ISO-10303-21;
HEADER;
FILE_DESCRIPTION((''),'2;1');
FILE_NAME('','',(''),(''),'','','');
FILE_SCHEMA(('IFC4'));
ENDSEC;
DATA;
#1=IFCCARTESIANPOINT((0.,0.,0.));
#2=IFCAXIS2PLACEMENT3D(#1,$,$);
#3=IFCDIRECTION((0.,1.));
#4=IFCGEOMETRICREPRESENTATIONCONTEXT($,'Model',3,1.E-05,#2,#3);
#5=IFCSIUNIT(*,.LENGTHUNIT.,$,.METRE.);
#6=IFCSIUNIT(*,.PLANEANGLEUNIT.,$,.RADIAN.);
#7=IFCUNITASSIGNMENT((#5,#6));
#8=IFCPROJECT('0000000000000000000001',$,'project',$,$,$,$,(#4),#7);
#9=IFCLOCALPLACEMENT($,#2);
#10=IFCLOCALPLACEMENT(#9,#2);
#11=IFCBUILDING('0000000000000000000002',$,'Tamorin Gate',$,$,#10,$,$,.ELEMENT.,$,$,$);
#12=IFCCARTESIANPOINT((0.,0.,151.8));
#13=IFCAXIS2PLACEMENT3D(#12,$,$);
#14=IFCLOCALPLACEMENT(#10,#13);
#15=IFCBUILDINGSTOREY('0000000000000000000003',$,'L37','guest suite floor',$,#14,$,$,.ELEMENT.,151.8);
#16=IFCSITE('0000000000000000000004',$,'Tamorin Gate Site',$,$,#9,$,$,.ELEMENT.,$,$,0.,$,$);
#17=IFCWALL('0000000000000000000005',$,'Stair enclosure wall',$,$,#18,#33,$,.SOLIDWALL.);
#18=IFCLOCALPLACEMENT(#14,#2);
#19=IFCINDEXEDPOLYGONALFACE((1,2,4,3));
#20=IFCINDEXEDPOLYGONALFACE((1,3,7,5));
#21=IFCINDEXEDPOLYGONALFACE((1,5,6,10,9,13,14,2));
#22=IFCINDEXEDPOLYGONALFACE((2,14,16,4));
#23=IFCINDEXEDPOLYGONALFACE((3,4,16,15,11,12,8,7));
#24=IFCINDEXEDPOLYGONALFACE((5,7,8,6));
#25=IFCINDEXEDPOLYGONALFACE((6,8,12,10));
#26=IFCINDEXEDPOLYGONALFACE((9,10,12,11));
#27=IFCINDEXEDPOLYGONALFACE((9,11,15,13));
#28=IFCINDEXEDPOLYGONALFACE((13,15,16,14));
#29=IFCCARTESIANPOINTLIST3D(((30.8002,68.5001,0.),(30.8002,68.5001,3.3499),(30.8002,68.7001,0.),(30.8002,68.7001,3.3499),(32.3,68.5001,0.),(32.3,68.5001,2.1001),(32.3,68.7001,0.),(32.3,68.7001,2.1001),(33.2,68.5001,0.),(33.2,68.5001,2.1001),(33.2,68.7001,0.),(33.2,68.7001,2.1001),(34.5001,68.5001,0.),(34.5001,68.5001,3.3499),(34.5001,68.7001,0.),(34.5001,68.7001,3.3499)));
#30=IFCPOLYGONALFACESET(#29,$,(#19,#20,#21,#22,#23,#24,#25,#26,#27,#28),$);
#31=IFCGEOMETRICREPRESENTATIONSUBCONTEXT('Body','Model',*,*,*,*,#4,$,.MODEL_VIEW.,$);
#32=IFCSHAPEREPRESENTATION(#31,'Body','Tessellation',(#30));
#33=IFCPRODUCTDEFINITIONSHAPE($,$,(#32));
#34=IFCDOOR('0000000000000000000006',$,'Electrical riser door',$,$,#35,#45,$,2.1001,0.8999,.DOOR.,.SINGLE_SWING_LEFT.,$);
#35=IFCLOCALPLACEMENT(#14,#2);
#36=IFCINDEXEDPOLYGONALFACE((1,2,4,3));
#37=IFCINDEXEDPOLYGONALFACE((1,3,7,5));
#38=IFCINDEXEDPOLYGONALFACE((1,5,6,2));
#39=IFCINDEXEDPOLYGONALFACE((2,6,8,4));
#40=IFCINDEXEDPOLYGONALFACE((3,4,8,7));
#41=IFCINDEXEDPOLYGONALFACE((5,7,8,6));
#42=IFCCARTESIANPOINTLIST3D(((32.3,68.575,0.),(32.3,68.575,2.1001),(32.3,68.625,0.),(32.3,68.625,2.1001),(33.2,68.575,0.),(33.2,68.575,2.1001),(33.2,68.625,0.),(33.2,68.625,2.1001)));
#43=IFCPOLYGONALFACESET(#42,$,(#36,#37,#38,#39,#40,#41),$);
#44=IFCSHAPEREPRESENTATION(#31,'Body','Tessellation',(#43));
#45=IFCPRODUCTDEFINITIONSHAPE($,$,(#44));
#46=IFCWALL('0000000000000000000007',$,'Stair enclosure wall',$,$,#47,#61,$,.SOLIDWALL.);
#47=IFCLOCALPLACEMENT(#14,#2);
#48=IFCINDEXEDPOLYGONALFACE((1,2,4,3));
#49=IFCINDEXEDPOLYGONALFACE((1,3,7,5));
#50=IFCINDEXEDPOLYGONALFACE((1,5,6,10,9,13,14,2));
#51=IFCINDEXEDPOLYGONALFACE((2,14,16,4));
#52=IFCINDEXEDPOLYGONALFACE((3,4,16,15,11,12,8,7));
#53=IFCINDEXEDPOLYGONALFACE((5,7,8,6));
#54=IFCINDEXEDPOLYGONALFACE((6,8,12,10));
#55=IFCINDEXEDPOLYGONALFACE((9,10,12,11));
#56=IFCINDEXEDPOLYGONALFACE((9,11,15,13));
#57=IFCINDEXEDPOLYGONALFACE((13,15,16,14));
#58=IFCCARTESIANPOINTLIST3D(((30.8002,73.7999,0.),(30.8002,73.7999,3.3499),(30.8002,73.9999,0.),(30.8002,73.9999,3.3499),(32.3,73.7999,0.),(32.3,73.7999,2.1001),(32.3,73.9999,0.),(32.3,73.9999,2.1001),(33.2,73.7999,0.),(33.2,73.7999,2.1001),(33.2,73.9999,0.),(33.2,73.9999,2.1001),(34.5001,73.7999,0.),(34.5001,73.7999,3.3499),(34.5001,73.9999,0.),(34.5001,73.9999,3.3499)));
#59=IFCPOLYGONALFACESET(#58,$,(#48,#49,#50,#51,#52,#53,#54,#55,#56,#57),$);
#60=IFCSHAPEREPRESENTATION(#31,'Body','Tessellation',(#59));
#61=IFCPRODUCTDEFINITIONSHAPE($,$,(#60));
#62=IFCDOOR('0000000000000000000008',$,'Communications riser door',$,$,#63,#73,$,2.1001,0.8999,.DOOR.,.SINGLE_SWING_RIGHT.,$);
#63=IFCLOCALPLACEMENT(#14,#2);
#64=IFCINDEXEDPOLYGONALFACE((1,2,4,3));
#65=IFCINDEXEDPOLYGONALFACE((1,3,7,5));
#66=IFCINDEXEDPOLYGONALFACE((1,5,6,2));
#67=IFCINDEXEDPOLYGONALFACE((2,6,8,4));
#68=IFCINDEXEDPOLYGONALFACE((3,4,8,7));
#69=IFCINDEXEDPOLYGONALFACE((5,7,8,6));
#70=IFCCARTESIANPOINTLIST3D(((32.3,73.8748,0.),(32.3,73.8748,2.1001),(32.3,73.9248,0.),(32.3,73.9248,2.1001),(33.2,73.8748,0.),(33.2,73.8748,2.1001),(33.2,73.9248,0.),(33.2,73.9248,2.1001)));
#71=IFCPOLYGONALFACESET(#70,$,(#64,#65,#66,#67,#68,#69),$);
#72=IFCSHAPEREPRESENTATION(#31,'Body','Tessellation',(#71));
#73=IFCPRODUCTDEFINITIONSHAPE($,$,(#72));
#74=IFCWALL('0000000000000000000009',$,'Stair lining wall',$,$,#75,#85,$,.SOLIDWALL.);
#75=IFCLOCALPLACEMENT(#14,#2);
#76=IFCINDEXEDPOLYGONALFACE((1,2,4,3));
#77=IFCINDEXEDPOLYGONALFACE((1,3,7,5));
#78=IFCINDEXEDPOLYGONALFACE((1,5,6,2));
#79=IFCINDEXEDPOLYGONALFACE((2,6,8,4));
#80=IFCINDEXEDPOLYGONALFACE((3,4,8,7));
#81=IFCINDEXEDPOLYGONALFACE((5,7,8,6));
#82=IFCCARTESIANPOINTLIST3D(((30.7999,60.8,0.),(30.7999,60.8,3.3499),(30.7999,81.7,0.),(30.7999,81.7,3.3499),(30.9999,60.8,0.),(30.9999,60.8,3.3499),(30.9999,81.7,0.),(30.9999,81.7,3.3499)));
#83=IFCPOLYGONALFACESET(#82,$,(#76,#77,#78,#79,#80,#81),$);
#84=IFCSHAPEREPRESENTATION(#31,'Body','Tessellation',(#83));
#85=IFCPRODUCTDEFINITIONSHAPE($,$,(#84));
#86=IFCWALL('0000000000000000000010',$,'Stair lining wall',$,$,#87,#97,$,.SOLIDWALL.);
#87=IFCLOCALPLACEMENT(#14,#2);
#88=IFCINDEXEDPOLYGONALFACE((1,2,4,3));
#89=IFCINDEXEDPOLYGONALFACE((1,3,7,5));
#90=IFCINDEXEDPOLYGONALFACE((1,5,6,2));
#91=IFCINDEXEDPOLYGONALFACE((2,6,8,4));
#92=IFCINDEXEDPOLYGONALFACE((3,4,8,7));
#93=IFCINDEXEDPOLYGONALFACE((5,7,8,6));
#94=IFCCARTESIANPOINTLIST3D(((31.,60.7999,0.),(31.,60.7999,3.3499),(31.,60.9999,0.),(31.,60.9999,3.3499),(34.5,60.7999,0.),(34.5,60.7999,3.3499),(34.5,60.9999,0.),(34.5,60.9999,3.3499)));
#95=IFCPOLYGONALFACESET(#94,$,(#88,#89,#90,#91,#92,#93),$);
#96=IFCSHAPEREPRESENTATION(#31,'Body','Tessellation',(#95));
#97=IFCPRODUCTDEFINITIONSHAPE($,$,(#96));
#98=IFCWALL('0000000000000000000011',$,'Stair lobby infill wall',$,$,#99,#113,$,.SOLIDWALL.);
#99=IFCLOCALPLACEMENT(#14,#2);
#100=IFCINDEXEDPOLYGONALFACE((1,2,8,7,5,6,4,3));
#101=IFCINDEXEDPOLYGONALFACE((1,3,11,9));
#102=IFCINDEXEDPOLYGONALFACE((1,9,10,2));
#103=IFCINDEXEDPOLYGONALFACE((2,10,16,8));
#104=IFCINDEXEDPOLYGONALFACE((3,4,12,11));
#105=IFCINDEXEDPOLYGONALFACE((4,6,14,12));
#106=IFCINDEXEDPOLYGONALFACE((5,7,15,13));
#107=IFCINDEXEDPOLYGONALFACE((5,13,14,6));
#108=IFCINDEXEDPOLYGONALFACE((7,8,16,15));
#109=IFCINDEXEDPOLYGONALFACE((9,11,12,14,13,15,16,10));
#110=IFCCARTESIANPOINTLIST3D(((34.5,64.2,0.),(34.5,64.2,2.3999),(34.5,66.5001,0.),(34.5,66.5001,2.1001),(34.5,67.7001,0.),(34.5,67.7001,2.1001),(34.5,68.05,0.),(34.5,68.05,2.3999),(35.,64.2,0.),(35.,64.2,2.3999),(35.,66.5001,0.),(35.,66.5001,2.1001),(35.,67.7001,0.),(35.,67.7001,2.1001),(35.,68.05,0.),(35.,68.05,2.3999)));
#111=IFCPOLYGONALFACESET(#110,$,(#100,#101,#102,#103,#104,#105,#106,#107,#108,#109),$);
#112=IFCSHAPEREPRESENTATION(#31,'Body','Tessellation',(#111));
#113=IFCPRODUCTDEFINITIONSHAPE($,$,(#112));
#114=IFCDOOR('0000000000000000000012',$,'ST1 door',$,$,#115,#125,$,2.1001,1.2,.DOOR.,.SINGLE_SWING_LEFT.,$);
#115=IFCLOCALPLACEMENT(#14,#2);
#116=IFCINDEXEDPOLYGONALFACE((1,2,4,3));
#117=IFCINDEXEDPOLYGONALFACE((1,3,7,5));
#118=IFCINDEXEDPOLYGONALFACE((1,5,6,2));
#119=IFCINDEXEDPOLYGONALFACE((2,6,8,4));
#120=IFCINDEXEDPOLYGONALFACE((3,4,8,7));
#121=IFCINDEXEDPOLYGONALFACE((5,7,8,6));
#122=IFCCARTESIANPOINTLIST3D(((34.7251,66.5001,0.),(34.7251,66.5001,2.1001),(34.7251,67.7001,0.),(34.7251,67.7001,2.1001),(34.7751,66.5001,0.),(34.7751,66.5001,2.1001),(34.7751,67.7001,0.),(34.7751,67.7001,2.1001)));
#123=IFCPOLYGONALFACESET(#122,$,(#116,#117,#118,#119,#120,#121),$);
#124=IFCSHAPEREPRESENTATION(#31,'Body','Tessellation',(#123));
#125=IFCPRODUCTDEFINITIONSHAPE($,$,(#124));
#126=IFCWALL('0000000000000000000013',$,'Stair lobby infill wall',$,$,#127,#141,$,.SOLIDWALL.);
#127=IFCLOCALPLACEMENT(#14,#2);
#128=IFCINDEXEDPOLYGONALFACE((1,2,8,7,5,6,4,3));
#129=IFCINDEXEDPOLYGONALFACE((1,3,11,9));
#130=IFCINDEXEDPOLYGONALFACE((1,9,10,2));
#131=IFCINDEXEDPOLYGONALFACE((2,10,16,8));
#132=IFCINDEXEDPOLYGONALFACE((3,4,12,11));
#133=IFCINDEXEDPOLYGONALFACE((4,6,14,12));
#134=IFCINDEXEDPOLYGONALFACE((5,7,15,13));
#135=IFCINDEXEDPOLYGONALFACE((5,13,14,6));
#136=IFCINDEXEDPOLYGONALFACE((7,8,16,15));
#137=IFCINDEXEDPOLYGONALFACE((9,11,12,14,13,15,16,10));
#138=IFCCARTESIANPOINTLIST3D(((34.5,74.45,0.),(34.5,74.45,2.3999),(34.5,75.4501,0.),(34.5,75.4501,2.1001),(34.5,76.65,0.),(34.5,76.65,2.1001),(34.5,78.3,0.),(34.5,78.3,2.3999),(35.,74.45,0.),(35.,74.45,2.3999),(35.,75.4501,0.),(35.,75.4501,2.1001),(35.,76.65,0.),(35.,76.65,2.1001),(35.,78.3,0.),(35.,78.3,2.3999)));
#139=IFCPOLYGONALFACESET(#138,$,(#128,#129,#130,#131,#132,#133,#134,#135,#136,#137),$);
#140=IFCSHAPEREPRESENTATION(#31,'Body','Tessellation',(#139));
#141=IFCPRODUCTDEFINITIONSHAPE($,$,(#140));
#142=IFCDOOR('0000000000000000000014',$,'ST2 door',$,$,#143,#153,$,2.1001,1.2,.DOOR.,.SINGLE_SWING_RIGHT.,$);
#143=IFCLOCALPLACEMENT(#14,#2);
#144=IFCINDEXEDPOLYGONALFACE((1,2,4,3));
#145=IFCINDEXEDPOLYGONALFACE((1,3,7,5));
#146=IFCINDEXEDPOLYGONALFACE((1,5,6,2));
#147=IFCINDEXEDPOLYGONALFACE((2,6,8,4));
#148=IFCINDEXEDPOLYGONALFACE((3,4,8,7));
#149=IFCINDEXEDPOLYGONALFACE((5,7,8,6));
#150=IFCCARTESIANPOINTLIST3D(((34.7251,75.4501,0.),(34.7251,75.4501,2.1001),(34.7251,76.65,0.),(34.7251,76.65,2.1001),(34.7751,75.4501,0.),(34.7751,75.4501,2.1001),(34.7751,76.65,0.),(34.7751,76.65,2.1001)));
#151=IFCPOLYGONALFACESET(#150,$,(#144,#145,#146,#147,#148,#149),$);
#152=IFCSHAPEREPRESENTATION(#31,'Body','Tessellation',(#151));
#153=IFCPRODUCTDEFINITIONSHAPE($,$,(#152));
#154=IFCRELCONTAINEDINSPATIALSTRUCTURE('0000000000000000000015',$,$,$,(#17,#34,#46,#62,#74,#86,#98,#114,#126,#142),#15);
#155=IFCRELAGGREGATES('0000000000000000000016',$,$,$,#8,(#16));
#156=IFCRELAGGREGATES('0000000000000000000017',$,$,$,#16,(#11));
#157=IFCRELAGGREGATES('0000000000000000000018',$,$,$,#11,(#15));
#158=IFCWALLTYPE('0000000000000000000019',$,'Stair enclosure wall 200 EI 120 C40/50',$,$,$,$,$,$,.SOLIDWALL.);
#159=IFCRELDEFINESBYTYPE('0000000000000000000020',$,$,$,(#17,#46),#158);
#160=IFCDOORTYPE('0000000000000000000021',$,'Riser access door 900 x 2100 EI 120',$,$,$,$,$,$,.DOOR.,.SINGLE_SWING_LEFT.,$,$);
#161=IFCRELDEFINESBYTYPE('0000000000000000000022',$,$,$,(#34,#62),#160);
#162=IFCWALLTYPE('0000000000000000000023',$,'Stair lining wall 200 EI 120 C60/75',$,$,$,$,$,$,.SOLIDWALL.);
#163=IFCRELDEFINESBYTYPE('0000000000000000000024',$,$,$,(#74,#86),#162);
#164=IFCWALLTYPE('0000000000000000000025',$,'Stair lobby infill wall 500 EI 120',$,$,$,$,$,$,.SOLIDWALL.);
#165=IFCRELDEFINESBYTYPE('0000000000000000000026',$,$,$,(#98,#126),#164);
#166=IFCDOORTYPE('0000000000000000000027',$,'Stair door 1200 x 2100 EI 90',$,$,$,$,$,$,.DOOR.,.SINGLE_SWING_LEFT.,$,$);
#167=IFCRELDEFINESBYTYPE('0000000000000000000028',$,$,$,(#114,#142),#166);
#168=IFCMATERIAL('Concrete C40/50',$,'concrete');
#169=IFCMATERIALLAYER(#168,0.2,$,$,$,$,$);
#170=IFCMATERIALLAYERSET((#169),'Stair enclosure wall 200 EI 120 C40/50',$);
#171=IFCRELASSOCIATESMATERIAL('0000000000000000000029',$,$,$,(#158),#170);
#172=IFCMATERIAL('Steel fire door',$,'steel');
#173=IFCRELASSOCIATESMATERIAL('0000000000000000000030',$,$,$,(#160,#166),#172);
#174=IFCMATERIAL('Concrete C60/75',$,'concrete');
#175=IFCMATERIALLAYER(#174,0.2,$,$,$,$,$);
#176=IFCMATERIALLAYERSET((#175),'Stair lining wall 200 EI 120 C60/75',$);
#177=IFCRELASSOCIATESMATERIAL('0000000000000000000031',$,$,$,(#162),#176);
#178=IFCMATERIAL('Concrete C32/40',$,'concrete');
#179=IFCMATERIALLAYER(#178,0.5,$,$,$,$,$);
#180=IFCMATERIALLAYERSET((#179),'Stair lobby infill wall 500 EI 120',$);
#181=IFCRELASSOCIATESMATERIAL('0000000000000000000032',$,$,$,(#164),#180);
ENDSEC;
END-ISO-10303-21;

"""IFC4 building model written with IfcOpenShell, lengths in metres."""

from ifc_helpers import new_model, si_unit, direction, frame, frame_2d, origin, place, context, subcontext, project, spatial, rectangle, extrude, material, layer, layer_set, type_object, element, fill, save


model = new_model("IFC4")

# Units and contexts
model_context = context("Model", 3, precision=1e-05, world=origin(), true_north=direction((0.0, 1.0)))
body_context = subcontext(model_context, "Body", "Model", "MODEL_VIEW")
ifc_project = project(units=[si_unit("LENGTHUNIT", "METRE"), si_unit("PLANEANGLEUNIT", "RADIAN")], contexts=[model_context])

# Site, building, storey
site_placement = place(None, origin())
site = spatial("IfcSite", under=ifc_project, at=site_placement, Name="Tamorin Gate Site", CompositionType="ELEMENT", RefElevation=0.0)
building_placement = place(site_placement, origin())
building = spatial("IfcBuilding", under=site, at=building_placement, Name="Tamorin Gate", CompositionType="ELEMENT")
storey_placement = place(building_placement, frame((0.0, 0.0, 151.8)))
storey = spatial("IfcBuildingStorey", under=building, at=storey_placement, Name="L37", Description="guest suite floor", CompositionType="ELEMENT", Elevation=151.8)

# Shared definitions
ifc_material_1 = material(Name="Concrete C60/75", Category="concrete")

# Walls, openings, doors
ifc_material_2 = material(Name="Concrete C40/50", Category="concrete")
ifc_layer_1 = layer(ifc_material_2, 0.2)
ifc_layer_set_1 = layer_set([ifc_layer_1], Name="Stair enclosure wall 200 EI 120 C40/50")
wall_type_1 = type_object("IfcWallType", Name="Stair enclosure wall 200 EI 120 C40/50", PredefinedType="SOLIDWALL", material=ifc_layer_set_1)
wall_1_placement = place(storey_placement, frame((30.8, 68.6001, 0.0), z_axis=(0.0, 0.0, 1.0), x_axis=(1.0, 0.0, 0.0)))
wall_1 = element("IfcWall", 1, at=wall_1_placement, inside=storey, type_object=wall_type_1, Name="Stair enclosure wall", PredefinedType="SOLIDWALL", context=body_context, shape_type="SweptSolid", body=[
    extrude(rectangle(XDim=3.7, YDim=0.2, at=frame_2d((1.8501, 0.0))), origin(), (0.0, 0.0, 1.0), 3.3499),
])
opening_1_placement = place(wall_1_placement, frame((1.5, 0.0, 0.0)))
opening_1 = element("IfcOpeningElement", 2, at=opening_1_placement, cuts=wall_1, PredefinedType="OPENING", context=body_context, shape_type="SweptSolid", body=[
    extrude(rectangle(XDim=0.8999, YDim=2.1001, at=frame_2d((0.45, 1.05))), frame((0.0, 0.1099, 0.0), z_axis=(0.0, -1.0, 0.0), x_axis=(1.0, 0.0, 0.0)), (0.0, 0.0, 1.0), 0.22),
])
ifc_material_3 = material(Name="Steel fire door", Category="steel")
door_type_1 = type_object("IfcDoorType", Name="Riser access door 900 x 2100 EI 120", OperationType="SINGLE_SWING_LEFT", PredefinedType="DOOR", material=ifc_material_3)
door_1_placement = place(opening_1_placement, origin())
door_1 = element("IfcDoor", 3, at=door_1_placement, inside=storey, type_object=door_type_1, Name="Electrical riser door", OperationType="SINGLE_SWING_LEFT", OverallHeight=2.1001, OverallWidth=0.8999, PredefinedType="DOOR", context=body_context, shape_type="SweptSolid", body=[
    extrude(rectangle(XDim=0.8999, YDim=2.1001, at=frame_2d((0.45, 1.05))), frame((0.0, 0.0249, 0.0), z_axis=(0.0, -1.0, 0.0), x_axis=(1.0, 0.0, 0.0)), (0.0, 0.0, 1.0), 0.05),
])
fill(opening_1, door_1)
wall_2_placement = place(storey_placement, frame((30.8, 73.8999, 0.0), z_axis=(0.0, 0.0, 1.0), x_axis=(1.0, 0.0, 0.0)))
wall_2 = element("IfcWall", 4, at=wall_2_placement, inside=storey, type_object=wall_type_1, Name="Stair enclosure wall", PredefinedType="SOLIDWALL", context=body_context, shape_type="SweptSolid", body=[
    extrude(rectangle(XDim=3.7, YDim=0.2, at=frame_2d((1.8501, 0.0))), origin(), (0.0, 0.0, 1.0), 3.3499),
])
opening_2_placement = place(wall_2_placement, frame((1.5, 0.0, 0.0)))
opening_2 = element("IfcOpeningElement", 5, at=opening_2_placement, cuts=wall_2, PredefinedType="OPENING", context=body_context, shape_type="SweptSolid", body=[
    extrude(rectangle(XDim=0.8999, YDim=2.1001, at=frame_2d((0.45, 1.05))), frame((0.0, 0.1099, 0.0), z_axis=(0.0, -1.0, 0.0), x_axis=(1.0, 0.0, 0.0)), (0.0, 0.0, 1.0), 0.22),
])
door_2_placement = place(opening_2_placement, origin())
door_2 = element("IfcDoor", 6, at=door_2_placement, inside=storey, type_object=door_type_1, Name="Communications riser door", OperationType="SINGLE_SWING_RIGHT", OverallHeight=2.1001, OverallWidth=0.8999, PredefinedType="DOOR", context=body_context, shape_type="SweptSolid", body=[
    extrude(rectangle(XDim=0.8999, YDim=2.1001, at=frame_2d((0.45, 1.05))), frame((0.0, 0.0249, 0.0), z_axis=(0.0, -1.0, 0.0), x_axis=(1.0, 0.0, 0.0)), (0.0, 0.0, 1.0), 0.05),
])
fill(opening_2, door_2)

# Walls
ifc_layer_2 = layer(ifc_material_1, 0.2)
ifc_layer_set_2 = layer_set([ifc_layer_2], Name="Stair lining wall 200 EI 120 C60/75")
wall_type_2 = type_object("IfcWallType", Name="Stair lining wall 200 EI 120 C60/75", PredefinedType="SOLIDWALL", material=ifc_layer_set_2)
wall_3_placement = place(storey_placement, frame((30.8999, 60.8, 0.0), z_axis=(0.0, 0.0, 1.0), x_axis=(0.0, 1.0, 0.0)))
element("IfcWall", 7, at=wall_3_placement, inside=storey, type_object=wall_type_2, Name="Stair lining wall", PredefinedType="SOLIDWALL", context=body_context, shape_type="SweptSolid", body=[
    extrude(rectangle(XDim=20.8999, YDim=0.2, at=frame_2d((10.45, 0.0))), origin(), (0.0, 0.0, 1.0), 3.3499),
])
wall_4_placement = place(storey_placement, frame((31.0, 60.8999, 0.0), z_axis=(0.0, 0.0, 1.0), x_axis=(1.0, 0.0, 0.0)))
element("IfcWall", 8, at=wall_4_placement, inside=storey, type_object=wall_type_2, Name="Stair lining wall", PredefinedType="SOLIDWALL", context=body_context, shape_type="SweptSolid", body=[
    extrude(rectangle(XDim=3.5, YDim=0.2, at=frame_2d((1.75, 0.0))), origin(), (0.0, 0.0, 1.0), 3.3499),
])

# Walls, openings, doors
ifc_material_4 = material(Name="Concrete C32/40", Category="concrete")
ifc_layer_3 = layer(ifc_material_4, 0.5)
ifc_layer_set_3 = layer_set([ifc_layer_3], Name="Stair lobby infill wall 500 EI 120")
wall_type_3 = type_object("IfcWallType", Name="Stair lobby infill wall 500 EI 120", PredefinedType="SOLIDWALL", material=ifc_layer_set_3)
wall_5_placement = place(storey_placement, frame((34.75, 64.2, 0.0), z_axis=(0.0, 0.0, 1.0), x_axis=(0.0, 1.0, 0.0)))
wall_5 = element("IfcWall", 9, at=wall_5_placement, inside=storey, type_object=wall_type_3, Name="Stair lobby infill wall", PredefinedType="SOLIDWALL", context=body_context, shape_type="SweptSolid", body=[
    extrude(rectangle(XDim=3.8501, YDim=0.5, at=frame_2d((1.925, 0.0))), origin(), (0.0, 0.0, 1.0), 2.3999),
])
opening_3_placement = place(wall_5_placement, frame((2.3, 0.0, 0.0)))
opening_3 = element("IfcOpeningElement", 10, at=opening_3_placement, cuts=wall_5, PredefinedType="OPENING", context=body_context, shape_type="SweptSolid", body=[
    extrude(rectangle(XDim=1.2, YDim=2.1001, at=frame_2d((0.6001, 1.05))), frame((0.0, 0.26, 0.0), z_axis=(0.0, -1.0, 0.0), x_axis=(1.0, 0.0, 0.0)), (0.0, 0.0, 1.0), 0.52),
])
door_type_2 = type_object("IfcDoorType", Name="Stair door 1200 x 2100 EI 90", OperationType="SINGLE_SWING_LEFT", PredefinedType="DOOR", material=ifc_material_3)
door_3_placement = place(opening_3_placement, origin())
door_3 = element("IfcDoor", 11, at=door_3_placement, inside=storey, type_object=door_type_2, Name="ST1 door", OperationType="SINGLE_SWING_LEFT", OverallHeight=2.1001, OverallWidth=1.2, PredefinedType="DOOR", context=body_context, shape_type="SweptSolid", body=[
    extrude(rectangle(XDim=1.2, YDim=2.1001, at=frame_2d((0.6001, 1.05))), frame((0.0, 0.0249, 0.0), z_axis=(0.0, -1.0, 0.0), x_axis=(1.0, 0.0, 0.0)), (0.0, 0.0, 1.0), 0.05),
])
fill(opening_3, door_3)
wall_6_placement = place(storey_placement, frame((34.75, 74.45, 0.0), z_axis=(0.0, 0.0, 1.0), x_axis=(0.0, 1.0, 0.0)))
wall_6 = element("IfcWall", 12, at=wall_6_placement, inside=storey, type_object=wall_type_3, Name="Stair lobby infill wall", PredefinedType="SOLIDWALL", context=body_context, shape_type="SweptSolid", body=[
    extrude(rectangle(XDim=3.8501, YDim=0.5, at=frame_2d((1.925, 0.0))), origin(), (0.0, 0.0, 1.0), 2.3999),
])
opening_4_placement = place(wall_6_placement, frame((1.0, 0.0, 0.0)))
opening_4 = element("IfcOpeningElement", 13, at=opening_4_placement, cuts=wall_6, PredefinedType="OPENING", context=body_context, shape_type="SweptSolid", body=[
    extrude(rectangle(XDim=1.2, YDim=2.1001, at=frame_2d((0.6001, 1.05))), frame((0.0, 0.26, 0.0), z_axis=(0.0, -1.0, 0.0), x_axis=(1.0, 0.0, 0.0)), (0.0, 0.0, 1.0), 0.52),
])
door_4_placement = place(opening_4_placement, origin())
door_4 = element("IfcDoor", 14, at=door_4_placement, inside=storey, type_object=door_type_2, Name="ST2 door", OperationType="SINGLE_SWING_RIGHT", OverallHeight=2.1001, OverallWidth=1.2, PredefinedType="DOOR", context=body_context, shape_type="SweptSolid", body=[
    extrude(rectangle(XDim=1.2, YDim=2.1001, at=frame_2d((0.6001, 1.05))), frame((0.0, 0.0249, 0.0), z_axis=(0.0, -1.0, 0.0), x_axis=(1.0, 0.0, 0.0)), (0.0, 0.0, 1.0), 0.05),
])
fill(opening_4, door_4)

save(model, "model.ifc")
